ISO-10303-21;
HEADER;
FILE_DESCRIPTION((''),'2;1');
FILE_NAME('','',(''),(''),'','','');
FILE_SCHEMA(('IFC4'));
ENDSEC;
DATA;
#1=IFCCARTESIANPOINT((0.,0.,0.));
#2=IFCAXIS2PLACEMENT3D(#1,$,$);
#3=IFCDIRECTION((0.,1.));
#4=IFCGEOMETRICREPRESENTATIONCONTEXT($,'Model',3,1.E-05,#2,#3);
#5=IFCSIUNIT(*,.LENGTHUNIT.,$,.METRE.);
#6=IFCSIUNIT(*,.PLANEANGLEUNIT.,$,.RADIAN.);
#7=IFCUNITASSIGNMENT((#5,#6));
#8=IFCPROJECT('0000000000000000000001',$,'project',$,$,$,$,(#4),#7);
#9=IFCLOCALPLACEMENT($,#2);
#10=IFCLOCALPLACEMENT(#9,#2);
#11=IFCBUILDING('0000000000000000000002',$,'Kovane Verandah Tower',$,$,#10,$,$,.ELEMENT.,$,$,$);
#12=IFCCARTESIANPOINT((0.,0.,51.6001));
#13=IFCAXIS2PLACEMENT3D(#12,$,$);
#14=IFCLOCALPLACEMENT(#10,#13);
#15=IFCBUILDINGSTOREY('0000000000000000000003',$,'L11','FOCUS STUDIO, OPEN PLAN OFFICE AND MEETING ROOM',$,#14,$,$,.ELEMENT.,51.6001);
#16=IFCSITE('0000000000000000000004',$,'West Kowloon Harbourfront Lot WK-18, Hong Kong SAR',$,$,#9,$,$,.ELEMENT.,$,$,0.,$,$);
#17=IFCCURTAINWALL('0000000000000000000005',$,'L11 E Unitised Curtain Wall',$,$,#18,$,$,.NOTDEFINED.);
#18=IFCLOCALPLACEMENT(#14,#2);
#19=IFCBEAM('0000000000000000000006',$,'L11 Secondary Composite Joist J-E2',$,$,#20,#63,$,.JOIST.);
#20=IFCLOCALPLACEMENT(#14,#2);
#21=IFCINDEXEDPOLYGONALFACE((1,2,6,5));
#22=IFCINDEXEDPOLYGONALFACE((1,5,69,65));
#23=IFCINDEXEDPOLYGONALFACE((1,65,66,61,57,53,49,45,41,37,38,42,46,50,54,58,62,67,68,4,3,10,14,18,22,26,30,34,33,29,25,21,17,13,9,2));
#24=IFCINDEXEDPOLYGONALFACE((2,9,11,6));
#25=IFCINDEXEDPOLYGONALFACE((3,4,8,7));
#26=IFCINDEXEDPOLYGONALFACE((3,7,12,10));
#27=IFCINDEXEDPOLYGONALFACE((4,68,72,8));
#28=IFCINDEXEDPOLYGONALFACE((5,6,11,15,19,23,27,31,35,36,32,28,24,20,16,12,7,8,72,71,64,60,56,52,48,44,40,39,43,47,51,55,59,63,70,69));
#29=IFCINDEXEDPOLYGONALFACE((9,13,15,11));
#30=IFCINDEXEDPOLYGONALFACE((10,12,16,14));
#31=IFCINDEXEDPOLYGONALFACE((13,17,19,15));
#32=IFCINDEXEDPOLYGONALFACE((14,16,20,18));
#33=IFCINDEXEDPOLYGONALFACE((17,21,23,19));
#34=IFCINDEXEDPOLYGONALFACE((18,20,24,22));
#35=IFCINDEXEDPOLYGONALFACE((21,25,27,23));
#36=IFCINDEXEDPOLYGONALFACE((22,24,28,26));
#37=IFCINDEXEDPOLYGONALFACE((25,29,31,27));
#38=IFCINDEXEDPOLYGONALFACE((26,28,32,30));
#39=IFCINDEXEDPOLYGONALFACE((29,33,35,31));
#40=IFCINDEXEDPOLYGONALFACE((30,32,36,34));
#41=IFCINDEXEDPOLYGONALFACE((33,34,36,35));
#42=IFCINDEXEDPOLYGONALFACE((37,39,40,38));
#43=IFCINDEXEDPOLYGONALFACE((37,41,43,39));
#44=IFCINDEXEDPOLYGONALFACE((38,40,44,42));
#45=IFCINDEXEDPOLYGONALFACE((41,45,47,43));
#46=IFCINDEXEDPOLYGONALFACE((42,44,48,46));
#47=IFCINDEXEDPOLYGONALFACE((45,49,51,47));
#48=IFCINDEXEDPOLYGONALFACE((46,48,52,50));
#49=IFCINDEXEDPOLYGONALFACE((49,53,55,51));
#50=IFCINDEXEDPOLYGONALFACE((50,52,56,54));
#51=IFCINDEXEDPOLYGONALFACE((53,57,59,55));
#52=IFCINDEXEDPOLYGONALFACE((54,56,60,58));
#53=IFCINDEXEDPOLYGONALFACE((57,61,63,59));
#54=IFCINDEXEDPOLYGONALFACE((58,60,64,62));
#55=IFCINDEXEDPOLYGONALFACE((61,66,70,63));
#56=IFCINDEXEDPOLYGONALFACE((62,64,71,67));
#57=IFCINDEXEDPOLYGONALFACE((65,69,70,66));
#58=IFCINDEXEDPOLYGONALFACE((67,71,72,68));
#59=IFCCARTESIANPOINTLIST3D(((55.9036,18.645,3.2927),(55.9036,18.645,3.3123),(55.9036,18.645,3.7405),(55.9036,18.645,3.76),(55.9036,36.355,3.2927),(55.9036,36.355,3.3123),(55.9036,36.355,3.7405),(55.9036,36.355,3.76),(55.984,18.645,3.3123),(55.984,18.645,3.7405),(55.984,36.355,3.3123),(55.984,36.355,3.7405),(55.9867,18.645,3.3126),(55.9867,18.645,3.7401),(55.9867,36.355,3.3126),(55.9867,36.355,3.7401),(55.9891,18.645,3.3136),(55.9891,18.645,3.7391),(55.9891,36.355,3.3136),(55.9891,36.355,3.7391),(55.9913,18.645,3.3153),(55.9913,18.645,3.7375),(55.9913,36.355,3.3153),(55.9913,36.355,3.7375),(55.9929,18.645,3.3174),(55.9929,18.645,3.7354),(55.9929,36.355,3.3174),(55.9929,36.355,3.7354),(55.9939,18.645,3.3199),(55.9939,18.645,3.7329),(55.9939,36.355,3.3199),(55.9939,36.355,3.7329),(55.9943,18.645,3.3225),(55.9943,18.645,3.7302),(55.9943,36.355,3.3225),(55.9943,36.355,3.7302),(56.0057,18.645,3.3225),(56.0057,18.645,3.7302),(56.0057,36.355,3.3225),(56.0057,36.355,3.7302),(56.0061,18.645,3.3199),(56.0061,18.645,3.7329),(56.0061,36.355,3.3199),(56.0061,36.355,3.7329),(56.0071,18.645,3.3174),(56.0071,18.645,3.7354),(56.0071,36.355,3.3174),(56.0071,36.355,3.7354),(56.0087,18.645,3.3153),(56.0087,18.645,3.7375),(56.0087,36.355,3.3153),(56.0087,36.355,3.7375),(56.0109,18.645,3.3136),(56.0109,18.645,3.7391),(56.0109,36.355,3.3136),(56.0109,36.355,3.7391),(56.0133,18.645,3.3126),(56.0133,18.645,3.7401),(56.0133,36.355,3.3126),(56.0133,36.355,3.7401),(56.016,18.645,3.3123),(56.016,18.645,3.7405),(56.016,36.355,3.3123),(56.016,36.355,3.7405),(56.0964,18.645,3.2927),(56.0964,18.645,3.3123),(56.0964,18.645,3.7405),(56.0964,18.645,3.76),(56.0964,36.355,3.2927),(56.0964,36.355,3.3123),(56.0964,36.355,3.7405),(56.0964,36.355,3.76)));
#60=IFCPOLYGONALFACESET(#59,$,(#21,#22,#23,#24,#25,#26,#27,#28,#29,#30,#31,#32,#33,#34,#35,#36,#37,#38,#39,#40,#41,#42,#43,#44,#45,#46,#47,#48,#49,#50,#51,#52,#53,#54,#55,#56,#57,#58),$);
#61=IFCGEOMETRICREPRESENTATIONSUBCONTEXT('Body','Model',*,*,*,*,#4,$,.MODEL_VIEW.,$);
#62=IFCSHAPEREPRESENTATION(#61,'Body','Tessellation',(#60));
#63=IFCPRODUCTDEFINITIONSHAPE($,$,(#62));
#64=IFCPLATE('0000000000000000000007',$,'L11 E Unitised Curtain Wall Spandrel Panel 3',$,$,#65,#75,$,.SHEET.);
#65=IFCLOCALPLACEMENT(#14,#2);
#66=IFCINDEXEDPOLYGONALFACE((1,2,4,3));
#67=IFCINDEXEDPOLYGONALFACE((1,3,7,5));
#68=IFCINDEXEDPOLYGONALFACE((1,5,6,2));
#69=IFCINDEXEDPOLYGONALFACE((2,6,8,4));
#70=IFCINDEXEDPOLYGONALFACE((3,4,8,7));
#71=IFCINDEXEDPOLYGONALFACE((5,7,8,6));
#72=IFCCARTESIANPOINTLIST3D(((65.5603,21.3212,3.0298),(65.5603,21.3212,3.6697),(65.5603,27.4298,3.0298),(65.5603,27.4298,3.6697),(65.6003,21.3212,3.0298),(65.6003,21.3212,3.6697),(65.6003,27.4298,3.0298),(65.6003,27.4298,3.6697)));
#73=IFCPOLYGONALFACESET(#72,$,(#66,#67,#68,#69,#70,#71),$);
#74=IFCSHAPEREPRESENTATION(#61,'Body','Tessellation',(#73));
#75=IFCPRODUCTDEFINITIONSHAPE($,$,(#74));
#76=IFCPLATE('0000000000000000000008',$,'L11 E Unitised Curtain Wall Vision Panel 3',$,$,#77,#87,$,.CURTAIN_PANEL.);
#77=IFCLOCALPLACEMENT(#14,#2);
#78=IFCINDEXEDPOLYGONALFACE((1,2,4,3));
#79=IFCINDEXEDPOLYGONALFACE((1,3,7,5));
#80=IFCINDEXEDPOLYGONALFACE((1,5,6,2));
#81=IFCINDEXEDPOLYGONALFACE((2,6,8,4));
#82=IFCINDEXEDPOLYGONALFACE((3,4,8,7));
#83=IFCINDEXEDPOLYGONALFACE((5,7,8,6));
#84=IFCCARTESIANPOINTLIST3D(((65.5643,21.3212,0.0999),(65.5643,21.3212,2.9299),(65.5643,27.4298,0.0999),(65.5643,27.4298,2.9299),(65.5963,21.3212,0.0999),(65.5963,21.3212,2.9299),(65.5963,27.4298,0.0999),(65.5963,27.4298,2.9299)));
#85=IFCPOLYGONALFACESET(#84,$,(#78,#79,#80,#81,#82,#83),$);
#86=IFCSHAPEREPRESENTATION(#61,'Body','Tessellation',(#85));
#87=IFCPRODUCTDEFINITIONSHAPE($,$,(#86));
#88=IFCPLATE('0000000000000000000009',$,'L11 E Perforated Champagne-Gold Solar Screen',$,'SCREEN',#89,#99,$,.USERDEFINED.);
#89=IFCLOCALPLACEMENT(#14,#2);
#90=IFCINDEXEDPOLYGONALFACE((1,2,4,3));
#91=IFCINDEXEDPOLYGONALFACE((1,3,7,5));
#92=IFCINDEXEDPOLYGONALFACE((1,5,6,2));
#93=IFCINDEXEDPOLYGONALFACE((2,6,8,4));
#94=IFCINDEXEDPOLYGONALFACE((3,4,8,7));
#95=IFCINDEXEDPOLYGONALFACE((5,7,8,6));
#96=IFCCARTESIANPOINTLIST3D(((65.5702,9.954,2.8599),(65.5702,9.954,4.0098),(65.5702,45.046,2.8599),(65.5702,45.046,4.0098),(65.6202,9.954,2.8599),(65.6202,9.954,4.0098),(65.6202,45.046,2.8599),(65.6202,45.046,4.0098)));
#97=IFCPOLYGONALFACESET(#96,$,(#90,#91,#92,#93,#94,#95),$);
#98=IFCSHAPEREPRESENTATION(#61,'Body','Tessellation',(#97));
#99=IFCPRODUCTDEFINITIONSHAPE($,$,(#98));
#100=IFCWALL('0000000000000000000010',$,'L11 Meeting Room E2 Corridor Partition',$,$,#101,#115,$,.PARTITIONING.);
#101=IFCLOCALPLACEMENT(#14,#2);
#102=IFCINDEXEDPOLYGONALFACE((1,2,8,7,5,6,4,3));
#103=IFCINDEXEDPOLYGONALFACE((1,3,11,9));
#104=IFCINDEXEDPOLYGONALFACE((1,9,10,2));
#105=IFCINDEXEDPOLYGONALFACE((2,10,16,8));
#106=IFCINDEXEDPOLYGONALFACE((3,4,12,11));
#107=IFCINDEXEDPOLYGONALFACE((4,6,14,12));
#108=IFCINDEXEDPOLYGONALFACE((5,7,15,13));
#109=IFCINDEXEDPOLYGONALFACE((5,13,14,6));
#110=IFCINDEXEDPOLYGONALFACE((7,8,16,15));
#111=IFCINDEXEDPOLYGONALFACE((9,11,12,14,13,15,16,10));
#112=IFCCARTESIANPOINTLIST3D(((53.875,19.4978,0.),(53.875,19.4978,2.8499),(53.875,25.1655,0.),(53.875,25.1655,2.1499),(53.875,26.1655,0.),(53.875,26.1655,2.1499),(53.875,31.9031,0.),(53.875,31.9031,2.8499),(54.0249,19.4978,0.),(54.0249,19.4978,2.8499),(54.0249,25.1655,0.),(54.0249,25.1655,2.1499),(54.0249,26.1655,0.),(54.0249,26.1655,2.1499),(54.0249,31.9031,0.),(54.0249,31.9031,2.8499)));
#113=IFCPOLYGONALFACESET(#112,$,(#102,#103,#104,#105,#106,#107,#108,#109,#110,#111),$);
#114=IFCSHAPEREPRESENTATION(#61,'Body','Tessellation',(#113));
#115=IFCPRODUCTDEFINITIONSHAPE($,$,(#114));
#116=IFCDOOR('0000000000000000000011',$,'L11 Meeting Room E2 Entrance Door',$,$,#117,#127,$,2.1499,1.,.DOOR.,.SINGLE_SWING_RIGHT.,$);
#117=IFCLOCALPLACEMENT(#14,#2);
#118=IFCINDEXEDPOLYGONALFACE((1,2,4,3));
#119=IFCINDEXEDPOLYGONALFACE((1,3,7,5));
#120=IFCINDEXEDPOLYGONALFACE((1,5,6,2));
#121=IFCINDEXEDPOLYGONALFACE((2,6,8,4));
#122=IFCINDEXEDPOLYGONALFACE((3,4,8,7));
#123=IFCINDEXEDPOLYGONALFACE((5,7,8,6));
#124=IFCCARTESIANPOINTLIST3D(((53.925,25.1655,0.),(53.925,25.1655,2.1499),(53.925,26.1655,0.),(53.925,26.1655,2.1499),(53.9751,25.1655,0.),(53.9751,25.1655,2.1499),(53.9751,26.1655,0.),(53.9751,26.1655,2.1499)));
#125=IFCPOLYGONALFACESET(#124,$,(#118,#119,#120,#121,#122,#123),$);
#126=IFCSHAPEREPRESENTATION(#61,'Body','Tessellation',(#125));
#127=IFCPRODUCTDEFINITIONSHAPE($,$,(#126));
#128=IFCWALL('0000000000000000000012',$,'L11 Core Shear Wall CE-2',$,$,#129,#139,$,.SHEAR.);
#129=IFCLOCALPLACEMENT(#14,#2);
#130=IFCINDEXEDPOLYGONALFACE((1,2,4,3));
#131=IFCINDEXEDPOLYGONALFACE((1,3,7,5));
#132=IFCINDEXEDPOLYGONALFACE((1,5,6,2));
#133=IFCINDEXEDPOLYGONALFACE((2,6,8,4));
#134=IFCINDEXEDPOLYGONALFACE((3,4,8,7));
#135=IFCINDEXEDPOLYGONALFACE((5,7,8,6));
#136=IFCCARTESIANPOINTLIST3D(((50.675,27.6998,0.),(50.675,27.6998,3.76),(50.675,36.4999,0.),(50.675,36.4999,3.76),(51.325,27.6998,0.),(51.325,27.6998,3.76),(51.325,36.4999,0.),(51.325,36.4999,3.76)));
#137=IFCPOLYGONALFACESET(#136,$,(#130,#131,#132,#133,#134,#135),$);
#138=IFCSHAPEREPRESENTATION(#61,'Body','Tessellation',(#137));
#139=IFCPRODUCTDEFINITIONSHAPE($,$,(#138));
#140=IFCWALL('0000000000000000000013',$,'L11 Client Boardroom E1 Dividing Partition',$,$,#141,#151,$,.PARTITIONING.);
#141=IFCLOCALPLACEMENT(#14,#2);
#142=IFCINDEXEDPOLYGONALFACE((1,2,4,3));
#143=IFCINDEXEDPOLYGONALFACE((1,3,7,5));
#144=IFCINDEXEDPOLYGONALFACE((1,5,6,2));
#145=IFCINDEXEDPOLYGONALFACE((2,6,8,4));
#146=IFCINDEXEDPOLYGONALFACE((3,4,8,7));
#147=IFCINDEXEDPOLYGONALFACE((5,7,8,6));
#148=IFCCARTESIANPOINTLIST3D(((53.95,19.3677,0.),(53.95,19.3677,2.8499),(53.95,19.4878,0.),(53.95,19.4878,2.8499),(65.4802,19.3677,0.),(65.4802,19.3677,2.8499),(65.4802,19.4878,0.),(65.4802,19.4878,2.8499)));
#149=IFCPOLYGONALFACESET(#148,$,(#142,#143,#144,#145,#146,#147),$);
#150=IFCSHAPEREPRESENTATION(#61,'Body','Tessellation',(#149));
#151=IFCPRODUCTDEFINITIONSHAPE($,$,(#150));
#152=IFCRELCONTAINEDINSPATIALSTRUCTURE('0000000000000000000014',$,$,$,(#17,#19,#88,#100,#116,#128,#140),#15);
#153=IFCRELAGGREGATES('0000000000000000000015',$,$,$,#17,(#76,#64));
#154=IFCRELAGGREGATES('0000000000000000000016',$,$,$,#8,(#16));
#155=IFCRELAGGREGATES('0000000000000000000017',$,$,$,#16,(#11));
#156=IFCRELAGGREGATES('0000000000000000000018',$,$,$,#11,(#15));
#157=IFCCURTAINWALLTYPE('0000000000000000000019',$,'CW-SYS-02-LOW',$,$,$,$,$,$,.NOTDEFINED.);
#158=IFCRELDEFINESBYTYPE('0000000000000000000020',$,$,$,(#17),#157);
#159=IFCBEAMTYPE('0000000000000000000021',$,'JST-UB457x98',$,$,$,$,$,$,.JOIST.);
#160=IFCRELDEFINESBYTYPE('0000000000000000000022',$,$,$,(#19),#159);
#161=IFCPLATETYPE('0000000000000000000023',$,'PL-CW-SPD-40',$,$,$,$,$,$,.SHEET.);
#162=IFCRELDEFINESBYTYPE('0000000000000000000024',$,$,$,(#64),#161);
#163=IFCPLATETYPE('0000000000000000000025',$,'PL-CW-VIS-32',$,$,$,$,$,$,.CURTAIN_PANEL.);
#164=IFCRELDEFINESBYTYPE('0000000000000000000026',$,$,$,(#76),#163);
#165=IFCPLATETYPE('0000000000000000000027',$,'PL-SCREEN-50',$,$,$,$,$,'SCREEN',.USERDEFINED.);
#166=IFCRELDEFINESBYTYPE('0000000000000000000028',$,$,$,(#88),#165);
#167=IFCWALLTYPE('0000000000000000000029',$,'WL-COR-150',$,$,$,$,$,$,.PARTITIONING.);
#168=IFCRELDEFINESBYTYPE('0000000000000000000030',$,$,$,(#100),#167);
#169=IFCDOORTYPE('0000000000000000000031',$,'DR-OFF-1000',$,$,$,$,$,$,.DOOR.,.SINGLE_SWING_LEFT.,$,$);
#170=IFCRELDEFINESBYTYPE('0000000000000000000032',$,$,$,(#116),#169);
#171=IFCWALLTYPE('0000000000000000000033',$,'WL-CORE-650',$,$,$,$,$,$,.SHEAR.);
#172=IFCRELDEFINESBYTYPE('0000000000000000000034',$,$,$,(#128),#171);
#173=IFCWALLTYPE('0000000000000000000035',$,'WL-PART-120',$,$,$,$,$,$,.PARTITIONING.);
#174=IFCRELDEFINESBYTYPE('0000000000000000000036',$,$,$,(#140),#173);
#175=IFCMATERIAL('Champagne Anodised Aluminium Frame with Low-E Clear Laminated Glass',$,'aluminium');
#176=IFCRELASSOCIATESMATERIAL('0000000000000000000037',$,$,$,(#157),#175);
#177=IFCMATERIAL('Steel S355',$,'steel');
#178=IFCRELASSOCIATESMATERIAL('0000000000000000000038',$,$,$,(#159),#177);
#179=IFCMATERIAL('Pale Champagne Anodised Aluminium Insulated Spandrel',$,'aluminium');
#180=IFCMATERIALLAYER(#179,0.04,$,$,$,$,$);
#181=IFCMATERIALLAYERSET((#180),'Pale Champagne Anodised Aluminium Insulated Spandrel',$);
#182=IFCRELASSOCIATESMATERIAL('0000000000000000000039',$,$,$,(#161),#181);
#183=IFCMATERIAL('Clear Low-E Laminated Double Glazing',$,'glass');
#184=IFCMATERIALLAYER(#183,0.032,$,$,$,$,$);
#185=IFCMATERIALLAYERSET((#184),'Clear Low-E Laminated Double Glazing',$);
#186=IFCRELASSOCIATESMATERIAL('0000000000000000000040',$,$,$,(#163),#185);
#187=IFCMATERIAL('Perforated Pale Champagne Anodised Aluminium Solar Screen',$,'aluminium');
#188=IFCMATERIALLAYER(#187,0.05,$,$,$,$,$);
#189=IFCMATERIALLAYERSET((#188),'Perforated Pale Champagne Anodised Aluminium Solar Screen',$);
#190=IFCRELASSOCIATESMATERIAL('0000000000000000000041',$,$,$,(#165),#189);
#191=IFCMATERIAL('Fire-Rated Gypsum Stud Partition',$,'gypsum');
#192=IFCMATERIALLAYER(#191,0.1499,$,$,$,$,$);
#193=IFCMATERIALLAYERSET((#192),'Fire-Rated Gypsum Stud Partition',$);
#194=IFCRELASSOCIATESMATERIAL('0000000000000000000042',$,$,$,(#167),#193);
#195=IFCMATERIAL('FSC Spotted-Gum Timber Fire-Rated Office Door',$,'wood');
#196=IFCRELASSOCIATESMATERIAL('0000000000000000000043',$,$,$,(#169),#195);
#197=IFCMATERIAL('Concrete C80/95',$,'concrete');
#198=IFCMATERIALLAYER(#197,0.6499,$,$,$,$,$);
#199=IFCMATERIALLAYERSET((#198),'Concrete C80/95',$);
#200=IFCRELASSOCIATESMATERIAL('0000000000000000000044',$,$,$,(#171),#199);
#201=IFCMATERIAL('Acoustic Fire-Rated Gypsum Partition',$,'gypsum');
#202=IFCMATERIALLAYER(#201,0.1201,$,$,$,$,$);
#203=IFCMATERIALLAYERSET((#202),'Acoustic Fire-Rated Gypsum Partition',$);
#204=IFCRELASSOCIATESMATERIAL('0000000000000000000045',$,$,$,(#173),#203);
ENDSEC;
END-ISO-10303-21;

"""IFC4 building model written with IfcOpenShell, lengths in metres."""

from ifc_helpers import new_model, si_unit, direction, frame, frame_2d, origin, origin_2d, place, context, subcontext, project, spatial, rectangle, i_section, extrude, material, layer, layer_set, material_profile, profile_set, type_object, element, fill, aggregate, save


model = new_model("IFC4")

# Units and contexts
model_context = context("Model", 3, precision=1e-05, world=origin(), true_north=direction((0.0, 1.0)))
body_context = subcontext(model_context, "Body", "Model", "MODEL_VIEW")
ifc_project = project(units=[si_unit("LENGTHUNIT", "METRE"), si_unit("PLANEANGLEUNIT", "RADIAN")], contexts=[model_context])

# Site, building, storey
site_placement = place(None, origin())
site = spatial("IfcSite", under=ifc_project, at=site_placement, Name="West Kowloon Harbourfront Lot WK-18, Hong Kong SAR", CompositionType="ELEMENT", RefElevation=0.0)
building_placement = place(site_placement, origin())
building = spatial("IfcBuilding", under=site, at=building_placement, Name="Kovane Verandah Tower", CompositionType="ELEMENT")
storey_placement = place(building_placement, frame((0.0, 0.0, 51.6001)))
storey = spatial("IfcBuildingStorey", under=building, at=storey_placement, Name="L11", Description="FOCUS STUDIO, OPEN PLAN OFFICE AND MEETING ROOM", CompositionType="ELEMENT", Elevation=51.6001)

# Shared definitions
ifc_material_1 = material(Name="Concrete C80/95", Category="concrete")
ifc_material_2 = material(Name="Steel S355", Category="steel")

# Curtain wall
ifc_material_3 = material(Name="Champagne Anodised Aluminium Frame with Low-E Clear Laminated Glass", Category="aluminium")
curtain_wall_type = type_object("IfcCurtainWallType", Name="CW-SYS-02-LOW", PredefinedType="NOTDEFINED", material=ifc_material_3)
curtain_wall_placement = place(storey_placement, origin())
curtain_wall = element("IfcCurtainWall", 1, at=curtain_wall_placement, inside=storey, type_object=curtain_wall_type, Name="L11 E Unitised Curtain Wall", PredefinedType="NOTDEFINED")

# Beam
ifc_material_profile_1 = material_profile(ifc_material_2, i_section(OverallWidth=0.1929, OverallDepth=0.4673, WebThickness=0.0115, FlangeThickness=0.0195, FilletRadius=0.0103, at=origin_2d()), Name="UB457x191x98")
ifc_profile_set_1 = profile_set([ifc_material_profile_1], Name="Steel S355")
beam_type_1 = type_object("IfcBeamType", Name="JST-UB457x98", PredefinedType="JOIST", material=ifc_profile_set_1)
for number, where, z_axis, x_axis, name in (
    (2, (56.0, 18.645, 3.5264), (0.0, 1.0, 0.0), (-1.0, 0.0, 0.0), "L11 Secondary Composite Joist J-E2"),
):
    element("IfcBeam", number, at=place(storey_placement, frame(where, z_axis=z_axis, x_axis=x_axis)), inside=storey, type_object=beam_type_1, Name=name, PredefinedType="JOIST", context=body_context, shape_type="SweptSolid", body=[
        extrude(i_section(OverallWidth=0.1929, OverallDepth=0.4673, WebThickness=0.0115, FlangeThickness=0.0195, FilletRadius=0.0103, at=origin_2d()), origin(), (0.0, 0.0, 1.0), 17.71),
    ])

# Plates
ifc_material_4 = material(Name="Pale Champagne Anodised Aluminium Insulated Spandrel", Category="aluminium")
ifc_layer_1 = layer(ifc_material_4, 0.04)
ifc_layer_set_1 = layer_set([ifc_layer_1], Name="Pale Champagne Anodised Aluminium Insulated Spandrel")
plate_type_1 = type_object("IfcPlateType", Name="PL-CW-SPD-40", PredefinedType="SHEET", material=ifc_layer_set_1)
plate_1_placement = place(storey_placement, frame((65.5803, 24.3755, 3.0298), z_axis=(0.0, 0.0, 1.0), x_axis=(0.0, 1.0, 0.0)))
plate_1 = element("IfcPlate", 3, at=plate_1_placement, type_object=plate_type_1, Name="L11 E Unitised Curtain Wall Spandrel Panel 3", PredefinedType="SHEET", context=body_context, shape_type="SweptSolid", body=[
    extrude(rectangle(XDim=6.1086, YDim=0.04, at=origin_2d()), origin(), (0.0, 0.0, 1.0), 0.6399),
])
ifc_material_5 = material(Name="Clear Low-E Laminated Double Glazing", Category="glass")
ifc_layer_2 = layer(ifc_material_5, 0.032)
ifc_layer_set_2 = layer_set([ifc_layer_2], Name="Clear Low-E Laminated Double Glazing")
plate_type_2 = type_object("IfcPlateType", Name="PL-CW-VIS-32", PredefinedType="CURTAIN_PANEL", material=ifc_layer_set_2)
plate_2_placement = place(storey_placement, frame((65.5803, 24.3755, 0.0999), z_axis=(0.0, 0.0, 1.0), x_axis=(0.0, 1.0, 0.0)))
plate_2 = element("IfcPlate", 4, at=plate_2_placement, type_object=plate_type_2, Name="L11 E Unitised Curtain Wall Vision Panel 3", PredefinedType="CURTAIN_PANEL", context=body_context, shape_type="SweptSolid", body=[
    extrude(rectangle(XDim=6.1086, YDim=0.032, at=origin_2d()), origin(), (0.0, 0.0, 1.0), 2.8301),
])
aggregate(curtain_wall, [plate_2, plate_1])
ifc_material_6 = material(Name="Perforated Pale Champagne Anodised Aluminium Solar Screen", Category="aluminium")
ifc_layer_3 = layer(ifc_material_6, 0.05)
ifc_layer_set_3 = layer_set([ifc_layer_3], Name="Perforated Pale Champagne Anodised Aluminium Solar Screen")
plate_type_3 = type_object("IfcPlateType", Name="PL-SCREEN-50", ElementType="SCREEN", PredefinedType="USERDEFINED", material=ifc_layer_set_3)
plate_3_placement = place(storey_placement, frame((65.5952, 27.5, 2.8599), z_axis=(0.0, 0.0, 1.0), x_axis=(0.0, 1.0, 0.0)))
element("IfcPlate", 5, at=plate_3_placement, inside=storey, type_object=plate_type_3, Name="L11 E Perforated Champagne-Gold Solar Screen", ObjectType="SCREEN", PredefinedType="USERDEFINED", context=body_context, shape_type="SweptSolid", body=[
    extrude(rectangle(XDim=35.092, YDim=0.05, at=origin_2d()), origin(), (0.0, 0.0, 1.0), 1.1499),
])

# Wall, opening, door
ifc_material_7 = material(Name="Fire-Rated Gypsum Stud Partition", Category="gypsum")
ifc_layer_4 = layer(ifc_material_7, 0.1499)
ifc_layer_set_4 = layer_set([ifc_layer_4], Name="Fire-Rated Gypsum Stud Partition")
wall_type_1 = type_object("IfcWallType", Name="WL-COR-150", PredefinedType="PARTITIONING", material=ifc_layer_set_4)
wall_1_placement = place(storey_placement, frame((53.95, 19.4978, 0.0), z_axis=(0.0, 0.0, 1.0), x_axis=(0.0, 1.0, 0.0)))
wall_1 = element("IfcWall", 6, at=wall_1_placement, inside=storey, type_object=wall_type_1, Name="L11 Meeting Room E2 Corridor Partition", PredefinedType="PARTITIONING", context=body_context, shape_type="SweptSolid", body=[
    extrude(rectangle(XDim=12.4053, YDim=0.1499, at=frame_2d((6.2026, 0.0))), origin(), (0.0, 0.0, 1.0), 2.8499),
])
opening_1_placement = place(wall_1_placement, frame((5.6677, 0.0, 0.0)))
opening_1 = element("IfcOpeningElement", 7, at=opening_1_placement, cuts=wall_1, PredefinedType="OPENING", context=body_context, shape_type="SweptSolid", body=[
    extrude(rectangle(XDim=1.0, YDim=2.1499, at=frame_2d((0.5, 1.075))), frame((0.0, 0.075, 0.0), z_axis=(0.0, -1.0, 0.0), x_axis=(1.0, 0.0, 0.0)), (0.0, 0.0, 1.0), 0.1499),
])
ifc_material_8 = material(Name="FSC Spotted-Gum Timber Fire-Rated Office Door", Category="wood")
door_type_1 = type_object("IfcDoorType", Name="DR-OFF-1000", OperationType="SINGLE_SWING_LEFT", PredefinedType="DOOR", material=ifc_material_8)
door_1_placement = place(opening_1_placement, origin())
door_1 = element("IfcDoor", 8, at=door_1_placement, inside=storey, type_object=door_type_1, Name="L11 Meeting Room E2 Entrance Door", OperationType="SINGLE_SWING_RIGHT", OverallHeight=2.1499, OverallWidth=1.0, PredefinedType="DOOR", context=body_context, shape_type="SweptSolid", body=[
    extrude(rectangle(XDim=1.0, YDim=2.1499, at=frame_2d((0.5, 1.075))), frame((0.0, 0.0249, 0.0), z_axis=(0.0, -1.0, 0.0), x_axis=(1.0, 0.0, 0.0)), (0.0, 0.0, 1.0), 0.05),
])
fill(opening_1, door_1)

# Wall
ifc_layer_5 = layer(ifc_material_1, 0.6499)
ifc_layer_set_5 = layer_set([ifc_layer_5], Name="Concrete C80/95")
wall_type_2 = type_object("IfcWallType", Name="WL-CORE-650", PredefinedType="SHEAR", material=ifc_layer_set_5)
wall_2_placement = place(storey_placement, frame((51.0, 27.7, 0.0), z_axis=(0.0, 0.0, 1.0), x_axis=(0.0, 1.0, 0.0)))
element("IfcWall", 9, at=wall_2_placement, inside=storey, type_object=wall_type_2, Name="L11 Core Shear Wall CE-2", PredefinedType="SHEAR", context=body_context, shape_type="SweptSolid", body=[
    extrude(rectangle(XDim=8.8, YDim=0.6499, at=frame_2d((4.3999, 0.0))), origin(), (0.0, 0.0, 1.0), 3.76),
])

# Wall
ifc_material_9 = material(Name="Acoustic Fire-Rated Gypsum Partition", Category="gypsum")
ifc_layer_6 = layer(ifc_material_9, 0.1201)
ifc_layer_set_6 = layer_set([ifc_layer_6], Name="Acoustic Fire-Rated Gypsum Partition")
wall_type_3 = type_object("IfcWallType", Name="WL-PART-120", PredefinedType="PARTITIONING", material=ifc_layer_set_6)
wall_3_placement = place(storey_placement, frame((53.95, 19.4277, 0.0), z_axis=(0.0, 0.0, 1.0), x_axis=(1.0, 0.0, 0.0)))
element("IfcWall", 10, at=wall_3_placement, inside=storey, type_object=wall_type_3, Name="L11 Client Boardroom E1 Dividing Partition", PredefinedType="PARTITIONING", context=body_context, shape_type="SweptSolid", body=[
    extrude(rectangle(XDim=11.5303, YDim=0.1201, at=frame_2d((5.7651, 0.0))), origin(), (0.0, 0.0, 1.0), 2.8499),
])

save(model, "model.ifc")
